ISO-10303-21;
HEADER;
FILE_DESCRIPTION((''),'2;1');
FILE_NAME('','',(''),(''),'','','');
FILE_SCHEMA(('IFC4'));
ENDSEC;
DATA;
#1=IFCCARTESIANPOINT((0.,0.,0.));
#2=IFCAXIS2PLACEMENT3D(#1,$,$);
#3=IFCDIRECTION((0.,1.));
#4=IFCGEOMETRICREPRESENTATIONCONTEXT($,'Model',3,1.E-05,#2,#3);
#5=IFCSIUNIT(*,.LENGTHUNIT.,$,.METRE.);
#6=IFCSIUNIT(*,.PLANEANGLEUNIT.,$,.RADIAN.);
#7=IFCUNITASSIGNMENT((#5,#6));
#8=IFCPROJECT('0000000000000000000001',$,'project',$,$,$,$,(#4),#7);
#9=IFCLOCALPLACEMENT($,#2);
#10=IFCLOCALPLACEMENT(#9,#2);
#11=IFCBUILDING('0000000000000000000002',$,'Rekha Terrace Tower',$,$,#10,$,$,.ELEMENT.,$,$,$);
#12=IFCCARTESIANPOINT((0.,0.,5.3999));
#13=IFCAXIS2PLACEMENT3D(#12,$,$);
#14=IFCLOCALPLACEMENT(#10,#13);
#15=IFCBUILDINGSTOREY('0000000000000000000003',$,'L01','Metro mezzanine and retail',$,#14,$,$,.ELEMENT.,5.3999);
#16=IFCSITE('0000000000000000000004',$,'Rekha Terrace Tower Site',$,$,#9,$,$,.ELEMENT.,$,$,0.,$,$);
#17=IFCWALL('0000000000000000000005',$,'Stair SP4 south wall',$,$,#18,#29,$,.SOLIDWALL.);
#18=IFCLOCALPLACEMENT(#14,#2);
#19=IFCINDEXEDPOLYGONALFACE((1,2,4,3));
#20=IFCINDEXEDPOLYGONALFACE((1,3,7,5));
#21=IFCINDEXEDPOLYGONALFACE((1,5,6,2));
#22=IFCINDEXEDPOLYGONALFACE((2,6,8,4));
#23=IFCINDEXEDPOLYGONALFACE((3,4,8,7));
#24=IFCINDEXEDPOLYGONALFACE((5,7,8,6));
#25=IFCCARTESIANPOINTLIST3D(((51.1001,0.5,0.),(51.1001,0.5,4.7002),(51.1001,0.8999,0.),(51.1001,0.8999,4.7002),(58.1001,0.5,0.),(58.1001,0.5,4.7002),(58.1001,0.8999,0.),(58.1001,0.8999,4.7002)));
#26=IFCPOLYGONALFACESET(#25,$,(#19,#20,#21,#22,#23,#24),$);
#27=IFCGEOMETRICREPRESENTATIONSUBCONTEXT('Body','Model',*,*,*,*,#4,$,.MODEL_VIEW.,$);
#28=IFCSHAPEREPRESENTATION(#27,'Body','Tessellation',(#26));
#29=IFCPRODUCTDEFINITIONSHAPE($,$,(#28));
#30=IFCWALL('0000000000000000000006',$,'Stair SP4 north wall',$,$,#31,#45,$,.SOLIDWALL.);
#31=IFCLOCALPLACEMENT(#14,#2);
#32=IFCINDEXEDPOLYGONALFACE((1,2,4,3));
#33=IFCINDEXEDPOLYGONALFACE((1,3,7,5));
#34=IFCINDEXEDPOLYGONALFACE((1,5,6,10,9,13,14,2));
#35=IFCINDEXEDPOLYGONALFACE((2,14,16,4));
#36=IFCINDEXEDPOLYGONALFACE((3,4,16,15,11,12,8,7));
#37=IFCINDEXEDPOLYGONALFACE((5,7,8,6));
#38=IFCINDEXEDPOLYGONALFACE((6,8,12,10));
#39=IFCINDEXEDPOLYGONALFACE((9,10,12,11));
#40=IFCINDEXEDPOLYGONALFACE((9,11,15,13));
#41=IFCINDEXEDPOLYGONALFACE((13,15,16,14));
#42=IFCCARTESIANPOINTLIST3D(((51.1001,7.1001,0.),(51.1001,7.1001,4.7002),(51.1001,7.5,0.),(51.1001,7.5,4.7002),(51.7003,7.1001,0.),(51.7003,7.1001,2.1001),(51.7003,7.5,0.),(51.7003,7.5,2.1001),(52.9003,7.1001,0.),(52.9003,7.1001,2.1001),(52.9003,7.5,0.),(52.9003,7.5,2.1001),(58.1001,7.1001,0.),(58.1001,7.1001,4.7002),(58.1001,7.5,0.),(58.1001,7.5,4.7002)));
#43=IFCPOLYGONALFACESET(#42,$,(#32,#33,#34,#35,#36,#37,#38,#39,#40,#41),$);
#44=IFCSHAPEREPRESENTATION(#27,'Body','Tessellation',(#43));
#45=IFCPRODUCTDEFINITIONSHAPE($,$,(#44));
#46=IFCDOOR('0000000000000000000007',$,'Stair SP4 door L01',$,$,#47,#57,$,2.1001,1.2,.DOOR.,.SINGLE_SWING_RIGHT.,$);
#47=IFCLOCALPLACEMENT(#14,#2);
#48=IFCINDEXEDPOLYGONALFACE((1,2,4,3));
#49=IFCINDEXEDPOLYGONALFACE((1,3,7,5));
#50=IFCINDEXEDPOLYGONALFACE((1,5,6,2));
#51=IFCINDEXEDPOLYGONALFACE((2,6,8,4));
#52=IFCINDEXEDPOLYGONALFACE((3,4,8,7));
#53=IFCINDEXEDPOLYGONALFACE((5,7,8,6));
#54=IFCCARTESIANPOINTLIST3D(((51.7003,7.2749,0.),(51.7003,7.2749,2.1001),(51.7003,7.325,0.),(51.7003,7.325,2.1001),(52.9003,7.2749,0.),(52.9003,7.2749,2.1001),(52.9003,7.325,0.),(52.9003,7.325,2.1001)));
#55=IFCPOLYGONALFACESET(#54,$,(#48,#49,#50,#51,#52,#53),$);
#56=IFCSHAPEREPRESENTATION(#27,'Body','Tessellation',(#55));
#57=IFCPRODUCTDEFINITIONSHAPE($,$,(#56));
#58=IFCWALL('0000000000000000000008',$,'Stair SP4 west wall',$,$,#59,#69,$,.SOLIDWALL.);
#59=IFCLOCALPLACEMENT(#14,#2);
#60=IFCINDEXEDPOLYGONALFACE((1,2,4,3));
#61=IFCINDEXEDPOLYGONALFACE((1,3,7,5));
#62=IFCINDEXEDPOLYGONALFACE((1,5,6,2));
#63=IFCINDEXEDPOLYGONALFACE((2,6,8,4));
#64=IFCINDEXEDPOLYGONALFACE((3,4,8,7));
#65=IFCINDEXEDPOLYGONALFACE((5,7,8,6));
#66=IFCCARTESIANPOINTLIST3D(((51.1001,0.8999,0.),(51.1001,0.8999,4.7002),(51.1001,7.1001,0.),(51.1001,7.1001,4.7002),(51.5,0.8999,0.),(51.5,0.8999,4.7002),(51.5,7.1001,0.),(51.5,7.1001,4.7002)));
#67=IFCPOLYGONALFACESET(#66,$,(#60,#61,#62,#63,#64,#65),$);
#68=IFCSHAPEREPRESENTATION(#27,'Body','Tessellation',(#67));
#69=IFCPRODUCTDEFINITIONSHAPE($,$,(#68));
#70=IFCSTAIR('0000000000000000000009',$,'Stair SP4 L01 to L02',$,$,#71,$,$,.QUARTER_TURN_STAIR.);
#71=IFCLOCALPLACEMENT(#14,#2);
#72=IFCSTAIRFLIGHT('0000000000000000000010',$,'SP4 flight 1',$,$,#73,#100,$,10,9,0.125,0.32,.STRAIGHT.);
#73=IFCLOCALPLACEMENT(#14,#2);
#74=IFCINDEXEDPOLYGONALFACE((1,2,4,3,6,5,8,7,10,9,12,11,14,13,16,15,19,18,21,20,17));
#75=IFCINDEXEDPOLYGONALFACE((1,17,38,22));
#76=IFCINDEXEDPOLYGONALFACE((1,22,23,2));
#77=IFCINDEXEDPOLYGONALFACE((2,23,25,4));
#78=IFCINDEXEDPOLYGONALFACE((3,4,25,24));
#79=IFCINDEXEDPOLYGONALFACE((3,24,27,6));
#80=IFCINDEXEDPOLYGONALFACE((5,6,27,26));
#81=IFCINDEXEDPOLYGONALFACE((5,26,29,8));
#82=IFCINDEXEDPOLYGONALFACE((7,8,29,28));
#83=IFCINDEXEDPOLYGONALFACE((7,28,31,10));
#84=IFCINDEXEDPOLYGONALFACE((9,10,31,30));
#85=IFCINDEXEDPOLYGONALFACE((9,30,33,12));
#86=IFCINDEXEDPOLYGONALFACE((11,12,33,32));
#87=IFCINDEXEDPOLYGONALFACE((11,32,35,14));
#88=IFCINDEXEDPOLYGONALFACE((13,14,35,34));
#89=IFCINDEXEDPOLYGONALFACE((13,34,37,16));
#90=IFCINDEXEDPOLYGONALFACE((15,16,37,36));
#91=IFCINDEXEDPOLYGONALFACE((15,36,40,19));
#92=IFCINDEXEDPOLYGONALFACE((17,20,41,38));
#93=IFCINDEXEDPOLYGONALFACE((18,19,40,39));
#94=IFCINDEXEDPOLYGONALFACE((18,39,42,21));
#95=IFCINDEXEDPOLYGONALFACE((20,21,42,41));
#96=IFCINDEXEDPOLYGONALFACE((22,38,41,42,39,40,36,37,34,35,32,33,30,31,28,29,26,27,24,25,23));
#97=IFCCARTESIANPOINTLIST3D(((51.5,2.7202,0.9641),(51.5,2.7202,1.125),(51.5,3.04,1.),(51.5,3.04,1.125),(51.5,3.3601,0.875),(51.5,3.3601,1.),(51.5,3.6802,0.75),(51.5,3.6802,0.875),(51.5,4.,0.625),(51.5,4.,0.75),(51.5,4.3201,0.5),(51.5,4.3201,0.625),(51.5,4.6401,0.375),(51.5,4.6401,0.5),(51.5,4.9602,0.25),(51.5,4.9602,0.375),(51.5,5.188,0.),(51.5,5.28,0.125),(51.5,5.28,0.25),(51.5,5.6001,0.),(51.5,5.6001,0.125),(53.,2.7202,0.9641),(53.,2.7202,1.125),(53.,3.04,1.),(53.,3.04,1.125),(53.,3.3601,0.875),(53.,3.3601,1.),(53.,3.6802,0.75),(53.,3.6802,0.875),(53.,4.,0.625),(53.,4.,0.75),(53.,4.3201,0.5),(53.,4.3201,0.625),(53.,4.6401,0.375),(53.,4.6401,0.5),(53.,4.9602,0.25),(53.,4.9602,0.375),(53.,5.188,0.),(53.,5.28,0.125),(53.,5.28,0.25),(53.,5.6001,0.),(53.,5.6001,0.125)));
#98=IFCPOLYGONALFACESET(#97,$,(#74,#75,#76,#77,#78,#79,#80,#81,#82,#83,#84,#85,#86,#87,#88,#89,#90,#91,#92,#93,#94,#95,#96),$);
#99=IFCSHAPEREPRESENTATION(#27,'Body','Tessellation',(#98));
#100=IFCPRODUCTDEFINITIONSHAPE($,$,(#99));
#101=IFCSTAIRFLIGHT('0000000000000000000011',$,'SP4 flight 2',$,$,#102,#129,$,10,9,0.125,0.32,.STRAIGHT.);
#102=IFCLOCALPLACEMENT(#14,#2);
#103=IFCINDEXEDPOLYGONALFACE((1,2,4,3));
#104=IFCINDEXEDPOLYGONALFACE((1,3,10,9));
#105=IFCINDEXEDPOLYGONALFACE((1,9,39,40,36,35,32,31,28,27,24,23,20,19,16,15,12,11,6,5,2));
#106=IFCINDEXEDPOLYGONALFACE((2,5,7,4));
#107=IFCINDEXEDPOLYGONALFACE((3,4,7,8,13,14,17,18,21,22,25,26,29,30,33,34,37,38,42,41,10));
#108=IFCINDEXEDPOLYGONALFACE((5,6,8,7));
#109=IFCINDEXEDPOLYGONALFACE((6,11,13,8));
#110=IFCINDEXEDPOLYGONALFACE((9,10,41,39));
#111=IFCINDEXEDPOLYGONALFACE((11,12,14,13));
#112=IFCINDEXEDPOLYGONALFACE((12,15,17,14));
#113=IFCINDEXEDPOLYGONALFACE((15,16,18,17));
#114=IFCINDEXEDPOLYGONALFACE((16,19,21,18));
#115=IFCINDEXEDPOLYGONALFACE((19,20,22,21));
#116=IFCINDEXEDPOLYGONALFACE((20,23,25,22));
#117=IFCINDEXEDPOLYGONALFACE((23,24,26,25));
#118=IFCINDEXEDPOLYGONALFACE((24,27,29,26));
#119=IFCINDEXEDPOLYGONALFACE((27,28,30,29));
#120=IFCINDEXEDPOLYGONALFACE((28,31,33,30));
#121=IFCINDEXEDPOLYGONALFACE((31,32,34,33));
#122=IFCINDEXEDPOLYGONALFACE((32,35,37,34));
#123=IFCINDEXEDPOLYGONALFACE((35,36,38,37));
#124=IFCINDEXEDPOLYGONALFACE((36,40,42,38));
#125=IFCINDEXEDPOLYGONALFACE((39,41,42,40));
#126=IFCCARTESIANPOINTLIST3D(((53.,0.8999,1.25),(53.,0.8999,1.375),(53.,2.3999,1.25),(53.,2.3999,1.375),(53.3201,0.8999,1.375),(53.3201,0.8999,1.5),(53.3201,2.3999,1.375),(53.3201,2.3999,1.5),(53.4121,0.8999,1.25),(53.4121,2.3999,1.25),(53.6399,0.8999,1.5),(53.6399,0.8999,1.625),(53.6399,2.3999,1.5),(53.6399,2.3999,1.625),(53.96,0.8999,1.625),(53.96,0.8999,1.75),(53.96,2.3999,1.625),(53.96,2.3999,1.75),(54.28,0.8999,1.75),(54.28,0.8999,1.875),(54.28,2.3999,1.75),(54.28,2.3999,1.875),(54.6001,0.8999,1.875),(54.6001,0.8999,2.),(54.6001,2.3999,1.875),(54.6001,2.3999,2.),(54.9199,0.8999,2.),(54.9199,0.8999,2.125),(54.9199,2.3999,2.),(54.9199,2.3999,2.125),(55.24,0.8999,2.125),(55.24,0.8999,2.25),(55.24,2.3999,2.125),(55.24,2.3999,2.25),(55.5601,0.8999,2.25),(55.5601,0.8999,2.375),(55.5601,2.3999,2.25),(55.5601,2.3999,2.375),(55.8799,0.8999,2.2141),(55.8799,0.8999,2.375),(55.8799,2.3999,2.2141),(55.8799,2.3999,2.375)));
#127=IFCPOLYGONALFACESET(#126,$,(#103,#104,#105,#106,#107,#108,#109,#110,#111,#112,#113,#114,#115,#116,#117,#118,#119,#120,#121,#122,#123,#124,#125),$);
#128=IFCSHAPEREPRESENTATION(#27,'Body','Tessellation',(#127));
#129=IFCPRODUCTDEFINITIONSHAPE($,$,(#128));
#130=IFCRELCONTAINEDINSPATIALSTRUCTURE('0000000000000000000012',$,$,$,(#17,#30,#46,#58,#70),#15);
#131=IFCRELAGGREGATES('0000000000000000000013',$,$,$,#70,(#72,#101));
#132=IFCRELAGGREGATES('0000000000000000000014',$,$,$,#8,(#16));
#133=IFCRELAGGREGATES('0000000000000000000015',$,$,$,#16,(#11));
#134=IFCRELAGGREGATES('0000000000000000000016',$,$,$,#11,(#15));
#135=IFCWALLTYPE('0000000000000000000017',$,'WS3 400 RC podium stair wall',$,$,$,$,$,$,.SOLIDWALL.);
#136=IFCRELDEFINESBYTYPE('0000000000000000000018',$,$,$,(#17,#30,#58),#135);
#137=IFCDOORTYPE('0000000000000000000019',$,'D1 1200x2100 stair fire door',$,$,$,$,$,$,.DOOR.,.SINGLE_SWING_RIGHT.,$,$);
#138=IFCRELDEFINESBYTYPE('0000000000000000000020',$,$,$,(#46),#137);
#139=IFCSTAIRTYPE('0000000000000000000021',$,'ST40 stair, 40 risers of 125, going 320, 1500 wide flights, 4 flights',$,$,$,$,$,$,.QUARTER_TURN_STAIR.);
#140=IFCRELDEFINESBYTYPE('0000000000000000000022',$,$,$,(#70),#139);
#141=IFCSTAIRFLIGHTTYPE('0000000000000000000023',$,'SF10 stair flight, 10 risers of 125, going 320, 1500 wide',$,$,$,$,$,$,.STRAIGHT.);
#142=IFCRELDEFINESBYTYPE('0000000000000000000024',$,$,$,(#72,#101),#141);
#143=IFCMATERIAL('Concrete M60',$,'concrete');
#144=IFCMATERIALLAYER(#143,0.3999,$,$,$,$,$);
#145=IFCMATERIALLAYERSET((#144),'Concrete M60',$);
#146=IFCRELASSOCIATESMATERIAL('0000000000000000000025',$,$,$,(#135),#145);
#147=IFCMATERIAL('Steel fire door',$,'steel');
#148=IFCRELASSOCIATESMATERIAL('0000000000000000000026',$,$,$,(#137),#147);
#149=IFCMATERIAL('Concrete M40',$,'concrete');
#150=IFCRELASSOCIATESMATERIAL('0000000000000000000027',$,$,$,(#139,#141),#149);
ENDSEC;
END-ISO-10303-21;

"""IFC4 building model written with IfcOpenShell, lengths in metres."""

from ifc_helpers import new_model, si_unit, direction, frame, frame_2d, origin, place, context, subcontext, project, spatial, polyline, rectangle, outline, extrude, material, layer, layer_set, type_object, element, fill, aggregate, save


model = new_model("IFC4")

# Units and contexts
model_context = context("Model", 3, precision=1e-05, world=origin(), true_north=direction((0.0, 1.0)))
body_context = subcontext(model_context, "Body", "Model", "MODEL_VIEW")
ifc_project = project(units=[si_unit("LENGTHUNIT", "METRE"), si_unit("PLANEANGLEUNIT", "RADIAN")], contexts=[model_context])

# Site, building, storey
site_placement = place(None, origin())
site = spatial("IfcSite", under=ifc_project, at=site_placement, Name="Rekha Terrace Tower Site", CompositionType="ELEMENT", RefElevation=0.0)
building_placement = place(site_placement, origin())
building = spatial("IfcBuilding", under=site, at=building_placement, Name="Rekha Terrace Tower", CompositionType="ELEMENT")
storey_placement = place(building_placement, frame((0.0, 0.0, 5.3999)))
storey = spatial("IfcBuildingStorey", under=building, at=storey_placement, Name="L01", Description="Metro mezzanine and retail", CompositionType="ELEMENT", Elevation=5.3999)

# Shared definitions
ifc_material_1 = material(Name="Concrete M60", Category="concrete")

# Wall
ifc_layer_1 = layer(ifc_material_1, 0.3999)
ifc_layer_set_1 = layer_set([ifc_layer_1], Name="Concrete M60")
wall_type_1 = type_object("IfcWallType", Name="WS3 400 RC podium stair wall", PredefinedType="SOLIDWALL", material=ifc_layer_set_1)
wall_1_placement = place(storey_placement, frame((51.1001, 0.7, 0.0), z_axis=(0.0, 0.0, 1.0), x_axis=(1.0, 0.0, 0.0)))
element("IfcWall", 1, at=wall_1_placement, inside=storey, type_object=wall_type_1, Name="Stair SP4 south wall", PredefinedType="SOLIDWALL", context=body_context, shape_type="SweptSolid", body=[
    extrude(rectangle(XDim=7.0, YDim=0.3999, at=frame_2d((3.5, 0.0))), origin(), (0.0, 0.0, 1.0), 4.7002),
])

# Wall, opening, door
wall_2_placement = place(storey_placement, frame((51.1001, 7.3, 0.0), z_axis=(0.0, 0.0, 1.0), x_axis=(1.0, 0.0, 0.0)))
wall_2 = element("IfcWall", 2, at=wall_2_placement, inside=storey, type_object=wall_type_1, Name="Stair SP4 north wall", PredefinedType="SOLIDWALL", context=body_context, shape_type="SweptSolid", body=[
    extrude(rectangle(XDim=7.0, YDim=0.3999, at=frame_2d((3.5, 0.0))), origin(), (0.0, 0.0, 1.0), 4.7002),
])
opening_placement = place(wall_2_placement, frame((0.6001, 0.0, 0.0)))
opening = element("IfcOpeningElement", 3, at=opening_placement, cuts=wall_2, PredefinedType="OPENING", context=body_context, shape_type="SweptSolid", body=[
    extrude(rectangle(XDim=1.2, YDim=2.1001, at=frame_2d((0.6001, 1.05))), frame((0.0, 0.21, 0.0), z_axis=(0.0, -1.0, 0.0), x_axis=(1.0, 0.0, 0.0)), (0.0, 0.0, 1.0), 0.4199),
])
ifc_material_2 = material(Name="Steel fire door", Category="steel")
door_type = type_object("IfcDoorType", Name="D1 1200x2100 stair fire door", OperationType="SINGLE_SWING_RIGHT", PredefinedType="DOOR", material=ifc_material_2)
door_placement = place(opening_placement, origin())
door = element("IfcDoor", 4, at=door_placement, inside=storey, type_object=door_type, Name="Stair SP4 door L01", OperationType="SINGLE_SWING_RIGHT", OverallHeight=2.1001, OverallWidth=1.2, PredefinedType="DOOR", context=body_context, shape_type="SweptSolid", body=[
    extrude(rectangle(XDim=1.2, YDim=2.1001, at=frame_2d((0.6001, 1.05))), frame((0.0, 0.0249, 0.0), z_axis=(0.0, -1.0, 0.0), x_axis=(1.0, 0.0, 0.0)), (0.0, 0.0, 1.0), 0.05),
])
fill(opening, door)

# Wall
wall_3_placement = place(storey_placement, frame((51.3, 0.8999, 0.0), z_axis=(0.0, 0.0, 1.0), x_axis=(0.0, 1.0, 0.0)))
element("IfcWall", 5, at=wall_3_placement, inside=storey, type_object=wall_type_1, Name="Stair SP4 west wall", PredefinedType="SOLIDWALL", context=body_context, shape_type="SweptSolid", body=[
    extrude(rectangle(XDim=6.2002, YDim=0.3999, at=frame_2d((3.1001, 0.0))), origin(), (0.0, 0.0, 1.0), 4.7002),
])

# Stair, stair flights
ifc_material_3 = material(Name="Concrete M40", Category="concrete")
stair_type = type_object("IfcStairType", Name="ST40 stair, 40 risers of 125, going 320, 1500 wide flights, 4 flights", PredefinedType="QUARTER_TURN_STAIR", material=ifc_material_3)
stair_placement = place(storey_placement, origin())
stair = element("IfcStair", 6, at=stair_placement, inside=storey, type_object=stair_type, Name="Stair SP4 L01 to L02", PredefinedType="QUARTER_TURN_STAIR")
stair_flight_type = type_object("IfcStairFlightType", Name="SF10 stair flight, 10 risers of 125, going 320, 1500 wide", PredefinedType="STRAIGHT", material=ifc_material_3)
stair_flight_1_placement = place(storey_placement, frame((52.25, 5.6001, 0.0), z_axis=(0.0, 0.0, 1.0), x_axis=(0.0, -1.0, 0.0)))
stair_flight_1 = element("IfcStairFlight", 7, at=stair_flight_1_placement, type_object=stair_flight_type, Name="SP4 flight 1", NumberOfRisers=10, NumberOfTreads=9, PredefinedType="STRAIGHT", RiserHeight=0.125, TreadLength=0.32, context=body_context, shape_type="SweptSolid", body=[
    extrude(outline(polyline([(0.0, 0.0), (0.0, 0.125), (0.3201, 0.125), (0.3201, 0.25), (0.6399, 0.25), (0.6399, 0.375), (0.96, 0.375), (0.96, 0.5), (1.28, 0.5), (1.28, 0.625), (1.6001, 0.625), (1.6001, 0.75), (1.9199, 0.75), (1.9199, 0.875), (2.24, 0.875), (2.24, 1.0), (2.5601, 1.0), (2.5601, 1.125), (2.8799, 1.125), (2.8799, 1.25), (2.8799, 0.9641), (0.4121, 0.0), (0.0, 0.0)])), frame((0.0, 0.75, 0.0), z_axis=(0.0, -1.0, 0.0), x_axis=(1.0, 0.0, 0.0)), (0.0, 0.0, 1.0), 1.5),
])
stair_flight_2_placement = place(storey_placement, frame((53.0, 1.6499, 1.25), z_axis=(0.0, 0.0, 1.0), x_axis=(1.0, 0.0, 0.0)))
stair_flight_2 = element("IfcStairFlight", 8, at=stair_flight_2_placement, type_object=stair_flight_type, Name="SP4 flight 2", NumberOfRisers=10, NumberOfTreads=9, PredefinedType="STRAIGHT", RiserHeight=0.125, TreadLength=0.32, context=body_context, shape_type="SweptSolid", body=[
    extrude(outline(polyline([(0.0, 0.0), (0.0, 0.125), (0.3201, 0.125), (0.3201, 0.25), (0.6399, 0.25), (0.6399, 0.375), (0.96, 0.375), (0.96, 0.5), (1.28, 0.5), (1.28, 0.625), (1.6001, 0.625), (1.6001, 0.75), (1.9199, 0.75), (1.9199, 0.875), (2.24, 0.875), (2.24, 1.0), (2.5601, 1.0), (2.5601, 1.125), (2.8799, 1.125), (2.8799, 1.25), (2.8799, 0.9641), (0.4121, 0.0), (0.0, 0.0)])), frame((0.0, 0.75, 0.0), z_axis=(0.0, -1.0, 0.0), x_axis=(1.0, 0.0, 0.0)), (0.0, 0.0, 1.0), 1.5),
])
aggregate(stair, [stair_flight_1, stair_flight_2])

save(model, "model.ifc")
